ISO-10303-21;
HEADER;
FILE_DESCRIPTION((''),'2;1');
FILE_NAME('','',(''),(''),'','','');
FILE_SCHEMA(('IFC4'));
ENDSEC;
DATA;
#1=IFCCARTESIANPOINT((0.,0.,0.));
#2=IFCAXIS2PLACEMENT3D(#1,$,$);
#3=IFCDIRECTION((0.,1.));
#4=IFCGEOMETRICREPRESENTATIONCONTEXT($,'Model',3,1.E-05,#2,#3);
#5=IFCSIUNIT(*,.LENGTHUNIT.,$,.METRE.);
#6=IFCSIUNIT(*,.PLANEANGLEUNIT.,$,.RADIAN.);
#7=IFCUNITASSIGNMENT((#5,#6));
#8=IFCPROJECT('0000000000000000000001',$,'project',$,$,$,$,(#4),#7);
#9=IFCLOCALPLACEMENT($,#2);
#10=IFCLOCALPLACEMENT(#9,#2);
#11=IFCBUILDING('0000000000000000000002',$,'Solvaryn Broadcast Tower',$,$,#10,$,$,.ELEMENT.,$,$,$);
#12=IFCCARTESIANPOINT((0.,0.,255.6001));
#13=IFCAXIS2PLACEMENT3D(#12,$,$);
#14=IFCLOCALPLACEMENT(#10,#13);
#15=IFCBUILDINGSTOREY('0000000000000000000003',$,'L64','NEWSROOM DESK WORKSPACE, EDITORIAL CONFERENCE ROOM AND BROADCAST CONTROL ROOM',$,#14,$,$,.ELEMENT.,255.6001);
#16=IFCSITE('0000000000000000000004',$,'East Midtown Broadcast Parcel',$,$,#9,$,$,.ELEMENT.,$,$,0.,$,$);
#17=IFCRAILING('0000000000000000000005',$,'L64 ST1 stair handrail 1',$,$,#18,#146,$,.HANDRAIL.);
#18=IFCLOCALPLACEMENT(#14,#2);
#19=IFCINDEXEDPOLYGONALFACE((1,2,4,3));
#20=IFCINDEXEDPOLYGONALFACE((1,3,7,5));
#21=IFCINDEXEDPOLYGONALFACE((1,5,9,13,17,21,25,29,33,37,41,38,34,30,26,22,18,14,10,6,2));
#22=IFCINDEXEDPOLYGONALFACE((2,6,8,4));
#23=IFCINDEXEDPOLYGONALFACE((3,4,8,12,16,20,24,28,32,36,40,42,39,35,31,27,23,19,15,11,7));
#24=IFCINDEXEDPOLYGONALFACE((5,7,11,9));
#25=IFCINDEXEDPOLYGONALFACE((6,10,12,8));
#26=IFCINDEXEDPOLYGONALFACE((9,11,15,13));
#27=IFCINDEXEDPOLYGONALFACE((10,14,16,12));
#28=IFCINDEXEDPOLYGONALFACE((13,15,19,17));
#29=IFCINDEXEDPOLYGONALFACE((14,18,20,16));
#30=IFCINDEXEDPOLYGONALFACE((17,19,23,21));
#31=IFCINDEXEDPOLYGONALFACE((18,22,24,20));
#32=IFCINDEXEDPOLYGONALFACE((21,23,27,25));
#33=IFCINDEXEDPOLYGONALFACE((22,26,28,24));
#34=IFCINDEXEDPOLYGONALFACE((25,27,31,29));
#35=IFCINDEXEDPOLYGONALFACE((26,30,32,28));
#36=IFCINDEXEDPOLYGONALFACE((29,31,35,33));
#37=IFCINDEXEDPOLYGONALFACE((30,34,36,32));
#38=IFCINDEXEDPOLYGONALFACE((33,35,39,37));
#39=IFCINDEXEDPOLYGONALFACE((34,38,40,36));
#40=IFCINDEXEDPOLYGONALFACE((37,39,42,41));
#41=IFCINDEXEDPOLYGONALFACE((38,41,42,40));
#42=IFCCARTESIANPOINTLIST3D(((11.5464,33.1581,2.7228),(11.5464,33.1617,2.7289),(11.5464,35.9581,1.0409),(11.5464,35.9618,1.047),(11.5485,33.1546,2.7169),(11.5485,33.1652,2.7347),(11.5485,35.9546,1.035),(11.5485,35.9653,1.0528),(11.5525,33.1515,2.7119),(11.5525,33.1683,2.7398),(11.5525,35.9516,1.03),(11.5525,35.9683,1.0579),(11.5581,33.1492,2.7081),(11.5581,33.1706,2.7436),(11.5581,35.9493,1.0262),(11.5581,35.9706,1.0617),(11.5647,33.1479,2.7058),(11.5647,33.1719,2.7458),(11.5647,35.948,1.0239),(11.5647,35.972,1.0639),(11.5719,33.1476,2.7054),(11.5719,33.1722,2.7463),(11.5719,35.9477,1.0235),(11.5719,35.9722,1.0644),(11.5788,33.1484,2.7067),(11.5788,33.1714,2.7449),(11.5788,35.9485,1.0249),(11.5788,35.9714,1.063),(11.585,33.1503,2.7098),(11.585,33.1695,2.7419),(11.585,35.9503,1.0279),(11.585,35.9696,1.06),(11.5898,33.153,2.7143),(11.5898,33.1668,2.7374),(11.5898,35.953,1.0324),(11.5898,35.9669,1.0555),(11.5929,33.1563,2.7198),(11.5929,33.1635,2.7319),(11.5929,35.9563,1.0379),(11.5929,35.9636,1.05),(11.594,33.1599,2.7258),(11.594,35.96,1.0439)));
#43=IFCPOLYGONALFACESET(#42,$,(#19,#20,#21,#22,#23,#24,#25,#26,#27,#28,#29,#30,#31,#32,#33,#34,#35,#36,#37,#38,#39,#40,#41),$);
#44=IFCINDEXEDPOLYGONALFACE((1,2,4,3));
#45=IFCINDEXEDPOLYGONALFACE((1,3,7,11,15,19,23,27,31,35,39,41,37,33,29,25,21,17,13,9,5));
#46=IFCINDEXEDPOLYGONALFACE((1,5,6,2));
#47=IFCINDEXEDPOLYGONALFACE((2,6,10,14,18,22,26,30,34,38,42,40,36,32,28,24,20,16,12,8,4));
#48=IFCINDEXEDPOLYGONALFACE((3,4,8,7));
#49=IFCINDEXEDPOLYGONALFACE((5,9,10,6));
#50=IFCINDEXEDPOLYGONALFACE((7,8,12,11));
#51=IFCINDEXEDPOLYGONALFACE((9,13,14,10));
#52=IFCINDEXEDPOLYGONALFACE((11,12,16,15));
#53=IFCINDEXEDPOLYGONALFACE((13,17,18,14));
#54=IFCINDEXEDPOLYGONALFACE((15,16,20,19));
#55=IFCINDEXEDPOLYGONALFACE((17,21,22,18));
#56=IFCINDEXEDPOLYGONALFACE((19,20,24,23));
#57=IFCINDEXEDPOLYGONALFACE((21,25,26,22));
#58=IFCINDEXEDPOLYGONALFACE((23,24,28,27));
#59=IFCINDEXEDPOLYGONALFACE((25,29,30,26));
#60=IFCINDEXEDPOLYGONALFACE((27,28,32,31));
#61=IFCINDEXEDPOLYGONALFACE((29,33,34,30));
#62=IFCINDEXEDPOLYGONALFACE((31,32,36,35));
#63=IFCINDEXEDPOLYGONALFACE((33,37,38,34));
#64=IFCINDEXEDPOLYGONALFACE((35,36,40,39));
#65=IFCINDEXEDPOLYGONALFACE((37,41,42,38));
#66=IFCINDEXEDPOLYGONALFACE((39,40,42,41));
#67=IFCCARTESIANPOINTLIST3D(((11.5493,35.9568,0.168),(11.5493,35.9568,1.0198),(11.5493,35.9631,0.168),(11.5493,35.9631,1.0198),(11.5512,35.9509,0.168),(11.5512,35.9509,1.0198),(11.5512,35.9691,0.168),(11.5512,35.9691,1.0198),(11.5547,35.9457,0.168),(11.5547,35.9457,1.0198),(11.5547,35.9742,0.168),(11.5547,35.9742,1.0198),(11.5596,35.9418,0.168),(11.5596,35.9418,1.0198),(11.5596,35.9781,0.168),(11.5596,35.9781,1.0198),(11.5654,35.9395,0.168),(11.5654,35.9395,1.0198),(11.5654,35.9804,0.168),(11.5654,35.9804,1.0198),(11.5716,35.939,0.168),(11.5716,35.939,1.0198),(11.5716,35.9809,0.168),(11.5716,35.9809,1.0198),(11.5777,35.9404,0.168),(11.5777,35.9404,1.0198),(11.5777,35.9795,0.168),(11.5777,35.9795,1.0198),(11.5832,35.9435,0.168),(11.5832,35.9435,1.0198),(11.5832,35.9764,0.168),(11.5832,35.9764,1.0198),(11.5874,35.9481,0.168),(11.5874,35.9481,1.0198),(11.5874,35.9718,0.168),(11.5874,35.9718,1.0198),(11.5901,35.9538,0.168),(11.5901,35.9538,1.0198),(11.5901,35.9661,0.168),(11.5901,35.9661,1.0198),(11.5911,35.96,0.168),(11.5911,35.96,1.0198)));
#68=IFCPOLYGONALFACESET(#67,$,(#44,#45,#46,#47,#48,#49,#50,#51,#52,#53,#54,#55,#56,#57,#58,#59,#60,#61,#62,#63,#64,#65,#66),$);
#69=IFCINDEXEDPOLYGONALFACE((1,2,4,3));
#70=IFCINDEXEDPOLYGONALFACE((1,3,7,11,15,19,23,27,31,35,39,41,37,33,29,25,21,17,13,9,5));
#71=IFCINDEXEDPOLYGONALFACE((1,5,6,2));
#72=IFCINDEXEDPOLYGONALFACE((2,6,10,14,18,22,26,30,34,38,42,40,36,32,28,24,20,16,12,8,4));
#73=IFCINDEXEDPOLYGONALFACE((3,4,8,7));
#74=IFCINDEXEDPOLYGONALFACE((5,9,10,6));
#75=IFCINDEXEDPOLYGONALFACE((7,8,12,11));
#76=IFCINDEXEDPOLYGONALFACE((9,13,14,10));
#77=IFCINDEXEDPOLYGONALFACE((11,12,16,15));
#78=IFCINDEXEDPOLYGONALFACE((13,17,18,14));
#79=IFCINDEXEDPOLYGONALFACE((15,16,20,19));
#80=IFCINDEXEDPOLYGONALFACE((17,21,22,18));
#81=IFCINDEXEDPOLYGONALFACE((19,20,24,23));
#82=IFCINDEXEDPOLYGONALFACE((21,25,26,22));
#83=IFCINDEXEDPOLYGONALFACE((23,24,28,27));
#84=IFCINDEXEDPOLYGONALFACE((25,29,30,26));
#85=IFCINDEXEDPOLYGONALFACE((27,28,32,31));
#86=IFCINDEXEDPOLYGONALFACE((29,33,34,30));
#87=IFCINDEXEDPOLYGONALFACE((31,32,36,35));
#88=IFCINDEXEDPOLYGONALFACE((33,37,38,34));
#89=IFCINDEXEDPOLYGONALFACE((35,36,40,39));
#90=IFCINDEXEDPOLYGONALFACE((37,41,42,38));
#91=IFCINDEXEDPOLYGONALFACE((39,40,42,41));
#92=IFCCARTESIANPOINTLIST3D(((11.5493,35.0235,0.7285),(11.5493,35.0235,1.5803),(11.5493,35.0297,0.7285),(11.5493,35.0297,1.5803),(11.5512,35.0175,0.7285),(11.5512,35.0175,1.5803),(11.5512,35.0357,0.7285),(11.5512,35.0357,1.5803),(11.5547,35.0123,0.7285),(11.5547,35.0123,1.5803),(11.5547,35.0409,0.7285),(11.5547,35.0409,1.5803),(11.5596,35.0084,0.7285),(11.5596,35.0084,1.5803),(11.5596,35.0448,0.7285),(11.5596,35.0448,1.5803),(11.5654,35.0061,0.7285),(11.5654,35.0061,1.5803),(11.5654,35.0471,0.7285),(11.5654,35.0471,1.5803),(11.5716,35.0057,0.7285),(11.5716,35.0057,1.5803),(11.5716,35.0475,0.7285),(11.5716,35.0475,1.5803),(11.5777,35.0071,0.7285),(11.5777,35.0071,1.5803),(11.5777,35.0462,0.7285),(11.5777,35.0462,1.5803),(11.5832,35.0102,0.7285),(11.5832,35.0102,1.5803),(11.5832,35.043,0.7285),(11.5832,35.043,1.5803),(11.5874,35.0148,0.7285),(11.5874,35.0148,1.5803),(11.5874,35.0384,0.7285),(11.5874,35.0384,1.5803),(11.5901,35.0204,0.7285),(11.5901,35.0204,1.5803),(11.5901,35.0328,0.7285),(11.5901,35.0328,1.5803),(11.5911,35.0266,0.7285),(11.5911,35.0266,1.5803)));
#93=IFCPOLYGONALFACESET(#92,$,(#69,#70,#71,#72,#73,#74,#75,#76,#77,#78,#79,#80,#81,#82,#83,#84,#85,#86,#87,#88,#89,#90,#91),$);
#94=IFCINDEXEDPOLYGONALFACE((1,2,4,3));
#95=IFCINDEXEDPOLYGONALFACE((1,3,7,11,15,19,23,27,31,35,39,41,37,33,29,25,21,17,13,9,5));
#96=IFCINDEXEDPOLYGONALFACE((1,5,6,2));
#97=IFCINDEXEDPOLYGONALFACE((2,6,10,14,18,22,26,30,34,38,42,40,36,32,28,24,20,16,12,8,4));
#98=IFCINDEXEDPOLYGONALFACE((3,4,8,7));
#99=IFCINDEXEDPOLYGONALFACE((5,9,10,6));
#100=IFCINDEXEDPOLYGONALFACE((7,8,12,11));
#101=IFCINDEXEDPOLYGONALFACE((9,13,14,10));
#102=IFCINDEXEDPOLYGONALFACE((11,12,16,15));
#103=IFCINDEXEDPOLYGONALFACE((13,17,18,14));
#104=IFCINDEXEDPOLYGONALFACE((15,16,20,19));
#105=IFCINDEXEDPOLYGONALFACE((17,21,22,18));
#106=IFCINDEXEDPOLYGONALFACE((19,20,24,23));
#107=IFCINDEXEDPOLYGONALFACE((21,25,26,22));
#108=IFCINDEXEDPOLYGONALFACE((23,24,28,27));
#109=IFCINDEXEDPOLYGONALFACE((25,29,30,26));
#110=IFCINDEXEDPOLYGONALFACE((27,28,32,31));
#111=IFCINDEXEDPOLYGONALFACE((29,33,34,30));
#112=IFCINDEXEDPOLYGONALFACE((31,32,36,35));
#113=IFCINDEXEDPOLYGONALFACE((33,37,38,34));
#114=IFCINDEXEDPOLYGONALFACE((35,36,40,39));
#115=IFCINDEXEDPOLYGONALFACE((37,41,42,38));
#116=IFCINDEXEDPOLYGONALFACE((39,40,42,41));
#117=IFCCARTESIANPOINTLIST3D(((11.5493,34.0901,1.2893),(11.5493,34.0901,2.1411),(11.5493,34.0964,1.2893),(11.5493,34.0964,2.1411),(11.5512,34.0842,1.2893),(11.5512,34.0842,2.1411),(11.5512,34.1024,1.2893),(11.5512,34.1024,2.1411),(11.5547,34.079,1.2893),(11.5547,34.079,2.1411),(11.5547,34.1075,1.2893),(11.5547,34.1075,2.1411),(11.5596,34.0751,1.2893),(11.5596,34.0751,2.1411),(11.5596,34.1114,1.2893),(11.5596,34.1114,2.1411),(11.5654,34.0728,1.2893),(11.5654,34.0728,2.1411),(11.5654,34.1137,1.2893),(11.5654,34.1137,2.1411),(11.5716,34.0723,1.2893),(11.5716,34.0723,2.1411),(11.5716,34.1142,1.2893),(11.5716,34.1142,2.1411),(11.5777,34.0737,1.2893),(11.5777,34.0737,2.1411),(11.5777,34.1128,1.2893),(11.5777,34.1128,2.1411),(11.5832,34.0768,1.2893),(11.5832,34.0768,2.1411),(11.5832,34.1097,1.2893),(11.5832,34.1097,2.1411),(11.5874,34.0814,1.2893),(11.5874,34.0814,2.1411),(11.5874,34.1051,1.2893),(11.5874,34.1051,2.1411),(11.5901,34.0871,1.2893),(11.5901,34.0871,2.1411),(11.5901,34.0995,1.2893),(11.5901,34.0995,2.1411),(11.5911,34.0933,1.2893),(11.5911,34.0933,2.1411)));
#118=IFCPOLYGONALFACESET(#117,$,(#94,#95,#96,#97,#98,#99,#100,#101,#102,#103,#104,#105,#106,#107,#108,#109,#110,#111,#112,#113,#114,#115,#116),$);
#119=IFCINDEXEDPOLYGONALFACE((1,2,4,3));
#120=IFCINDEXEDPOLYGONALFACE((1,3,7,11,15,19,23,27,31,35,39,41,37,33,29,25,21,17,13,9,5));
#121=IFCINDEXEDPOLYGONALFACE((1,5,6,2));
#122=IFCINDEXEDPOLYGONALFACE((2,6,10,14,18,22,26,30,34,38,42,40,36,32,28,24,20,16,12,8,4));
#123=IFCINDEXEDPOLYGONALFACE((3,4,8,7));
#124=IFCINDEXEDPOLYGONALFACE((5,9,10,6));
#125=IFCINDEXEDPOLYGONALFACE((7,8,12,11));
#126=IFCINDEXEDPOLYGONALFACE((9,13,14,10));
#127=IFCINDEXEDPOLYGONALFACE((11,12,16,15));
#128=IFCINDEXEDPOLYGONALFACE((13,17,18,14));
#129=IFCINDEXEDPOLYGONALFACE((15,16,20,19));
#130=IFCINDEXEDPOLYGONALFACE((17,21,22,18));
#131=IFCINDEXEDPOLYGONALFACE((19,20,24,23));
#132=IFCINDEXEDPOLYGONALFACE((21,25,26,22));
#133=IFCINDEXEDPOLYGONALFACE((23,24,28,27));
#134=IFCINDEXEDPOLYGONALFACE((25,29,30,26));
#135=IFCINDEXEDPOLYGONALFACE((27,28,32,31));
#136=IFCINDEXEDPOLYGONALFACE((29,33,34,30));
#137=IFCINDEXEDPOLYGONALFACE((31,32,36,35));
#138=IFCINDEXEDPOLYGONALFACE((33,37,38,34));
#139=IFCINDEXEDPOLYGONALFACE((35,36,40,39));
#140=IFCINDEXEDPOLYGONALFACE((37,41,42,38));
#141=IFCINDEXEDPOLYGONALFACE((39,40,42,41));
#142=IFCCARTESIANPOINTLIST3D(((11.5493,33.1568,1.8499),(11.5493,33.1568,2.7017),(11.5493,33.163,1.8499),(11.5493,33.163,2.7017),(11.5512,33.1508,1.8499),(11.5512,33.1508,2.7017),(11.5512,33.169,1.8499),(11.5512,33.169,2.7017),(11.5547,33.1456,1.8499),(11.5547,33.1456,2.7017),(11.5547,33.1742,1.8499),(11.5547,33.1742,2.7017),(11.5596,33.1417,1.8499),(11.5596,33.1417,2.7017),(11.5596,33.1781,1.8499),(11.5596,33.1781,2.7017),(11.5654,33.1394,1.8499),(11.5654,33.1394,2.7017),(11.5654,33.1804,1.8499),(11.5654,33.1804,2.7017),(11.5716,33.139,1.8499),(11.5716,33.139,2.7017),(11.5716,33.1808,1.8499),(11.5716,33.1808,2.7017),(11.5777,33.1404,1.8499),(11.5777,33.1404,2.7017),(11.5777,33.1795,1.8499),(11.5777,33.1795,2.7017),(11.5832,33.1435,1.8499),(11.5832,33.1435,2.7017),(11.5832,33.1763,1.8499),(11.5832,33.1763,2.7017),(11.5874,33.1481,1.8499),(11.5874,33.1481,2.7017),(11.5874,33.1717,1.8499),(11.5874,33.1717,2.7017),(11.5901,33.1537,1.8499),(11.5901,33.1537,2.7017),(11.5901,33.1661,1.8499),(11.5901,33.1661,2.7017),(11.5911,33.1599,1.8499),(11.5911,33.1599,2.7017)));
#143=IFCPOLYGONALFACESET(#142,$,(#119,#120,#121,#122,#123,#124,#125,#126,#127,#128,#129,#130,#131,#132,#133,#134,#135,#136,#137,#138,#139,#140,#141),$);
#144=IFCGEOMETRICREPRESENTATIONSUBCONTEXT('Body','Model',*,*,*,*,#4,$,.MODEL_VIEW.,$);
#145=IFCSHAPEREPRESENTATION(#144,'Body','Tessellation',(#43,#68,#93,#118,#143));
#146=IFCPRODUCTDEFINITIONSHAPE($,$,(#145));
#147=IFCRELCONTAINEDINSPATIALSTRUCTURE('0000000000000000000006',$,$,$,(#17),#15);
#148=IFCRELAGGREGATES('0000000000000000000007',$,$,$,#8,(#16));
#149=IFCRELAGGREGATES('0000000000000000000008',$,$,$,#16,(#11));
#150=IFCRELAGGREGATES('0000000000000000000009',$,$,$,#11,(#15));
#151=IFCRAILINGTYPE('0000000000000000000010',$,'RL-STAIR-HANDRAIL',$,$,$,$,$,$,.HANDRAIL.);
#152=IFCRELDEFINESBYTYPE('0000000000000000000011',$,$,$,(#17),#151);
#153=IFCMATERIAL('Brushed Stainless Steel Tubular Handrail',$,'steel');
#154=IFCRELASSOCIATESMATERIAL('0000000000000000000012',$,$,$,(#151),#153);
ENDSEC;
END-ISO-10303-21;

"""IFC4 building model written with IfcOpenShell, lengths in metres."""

from ifc_helpers import new_model, si_unit, direction, frame, origin, origin_2d, place, context, subcontext, project, spatial, circle, extrude, material, type_object, element, save


model = new_model("IFC4")

# Units and contexts
model_context = context("Model", 3, precision=1e-05, world=origin(), true_north=direction((0.0, 1.0)))
body_context = subcontext(model_context, "Body", "Model", "MODEL_VIEW")
ifc_project = project(units=[si_unit("LENGTHUNIT", "METRE"), si_unit("PLANEANGLEUNIT", "RADIAN")], contexts=[model_context])

# Site, building, storey
site_placement = place(None, origin())
site = spatial("IfcSite", under=ifc_project, at=site_placement, Name="East Midtown Broadcast Parcel", CompositionType="ELEMENT", RefElevation=0.0)
building_placement = place(site_placement, origin())
building = spatial("IfcBuilding", under=site, at=building_placement, Name="Solvaryn Broadcast Tower", CompositionType="ELEMENT")
storey_placement = place(building_placement, frame((0.0, 0.0, 255.6001)))
storey = spatial("IfcBuildingStorey", under=building, at=storey_placement, Name="L64", Description="NEWSROOM DESK WORKSPACE, EDITORIAL CONFERENCE ROOM AND BROADCAST CONTROL ROOM", CompositionType="ELEMENT", Elevation=255.6001)

# Railing
ifc_material_1 = material(Name="Brushed Stainless Steel Tubular Handrail", Category="steel")
railing_type_1 = type_object("IfcRailingType", Name="RL-STAIR-HANDRAIL", PredefinedType="HANDRAIL", material=ifc_material_1)
railing_1_placement = place(storey_placement, frame((11.5701, 35.96, 0.168)))
element("IfcRailing", 1, at=railing_1_placement, inside=storey, type_object=railing_type_1, Name="L64 ST1 stair handrail 1", PredefinedType="HANDRAIL", context=body_context, shape_type="SweptSolid", body=[
    extrude(circle(Radius=0.0239, at=origin_2d()), frame((0.0, 0.0, 0.876), z_axis=(0.0, -0.857242, 0.514913), x_axis=(1.0, 0.0, 0.0)), (0.0, 0.0, 1.0), 3.2664),
    extrude(circle(Radius=0.021, at=origin_2d()), origin(), (0.0, 0.0, 1.0), 0.8518),
    extrude(circle(Radius=0.021, at=origin_2d()), frame((0.0, -0.9333, 0.5605)), (0.0, 0.0, 1.0), 0.8518),
    extrude(circle(Radius=0.021, at=origin_2d()), frame((0.0, -1.8667, 1.1213)), (0.0, 0.0, 1.0), 0.8518),
    extrude(circle(Radius=0.021, at=origin_2d()), frame((0.0, -2.8, 1.6819)), (0.0, 0.0, 1.0), 0.8518),
])

save(model, "model.ifc")
